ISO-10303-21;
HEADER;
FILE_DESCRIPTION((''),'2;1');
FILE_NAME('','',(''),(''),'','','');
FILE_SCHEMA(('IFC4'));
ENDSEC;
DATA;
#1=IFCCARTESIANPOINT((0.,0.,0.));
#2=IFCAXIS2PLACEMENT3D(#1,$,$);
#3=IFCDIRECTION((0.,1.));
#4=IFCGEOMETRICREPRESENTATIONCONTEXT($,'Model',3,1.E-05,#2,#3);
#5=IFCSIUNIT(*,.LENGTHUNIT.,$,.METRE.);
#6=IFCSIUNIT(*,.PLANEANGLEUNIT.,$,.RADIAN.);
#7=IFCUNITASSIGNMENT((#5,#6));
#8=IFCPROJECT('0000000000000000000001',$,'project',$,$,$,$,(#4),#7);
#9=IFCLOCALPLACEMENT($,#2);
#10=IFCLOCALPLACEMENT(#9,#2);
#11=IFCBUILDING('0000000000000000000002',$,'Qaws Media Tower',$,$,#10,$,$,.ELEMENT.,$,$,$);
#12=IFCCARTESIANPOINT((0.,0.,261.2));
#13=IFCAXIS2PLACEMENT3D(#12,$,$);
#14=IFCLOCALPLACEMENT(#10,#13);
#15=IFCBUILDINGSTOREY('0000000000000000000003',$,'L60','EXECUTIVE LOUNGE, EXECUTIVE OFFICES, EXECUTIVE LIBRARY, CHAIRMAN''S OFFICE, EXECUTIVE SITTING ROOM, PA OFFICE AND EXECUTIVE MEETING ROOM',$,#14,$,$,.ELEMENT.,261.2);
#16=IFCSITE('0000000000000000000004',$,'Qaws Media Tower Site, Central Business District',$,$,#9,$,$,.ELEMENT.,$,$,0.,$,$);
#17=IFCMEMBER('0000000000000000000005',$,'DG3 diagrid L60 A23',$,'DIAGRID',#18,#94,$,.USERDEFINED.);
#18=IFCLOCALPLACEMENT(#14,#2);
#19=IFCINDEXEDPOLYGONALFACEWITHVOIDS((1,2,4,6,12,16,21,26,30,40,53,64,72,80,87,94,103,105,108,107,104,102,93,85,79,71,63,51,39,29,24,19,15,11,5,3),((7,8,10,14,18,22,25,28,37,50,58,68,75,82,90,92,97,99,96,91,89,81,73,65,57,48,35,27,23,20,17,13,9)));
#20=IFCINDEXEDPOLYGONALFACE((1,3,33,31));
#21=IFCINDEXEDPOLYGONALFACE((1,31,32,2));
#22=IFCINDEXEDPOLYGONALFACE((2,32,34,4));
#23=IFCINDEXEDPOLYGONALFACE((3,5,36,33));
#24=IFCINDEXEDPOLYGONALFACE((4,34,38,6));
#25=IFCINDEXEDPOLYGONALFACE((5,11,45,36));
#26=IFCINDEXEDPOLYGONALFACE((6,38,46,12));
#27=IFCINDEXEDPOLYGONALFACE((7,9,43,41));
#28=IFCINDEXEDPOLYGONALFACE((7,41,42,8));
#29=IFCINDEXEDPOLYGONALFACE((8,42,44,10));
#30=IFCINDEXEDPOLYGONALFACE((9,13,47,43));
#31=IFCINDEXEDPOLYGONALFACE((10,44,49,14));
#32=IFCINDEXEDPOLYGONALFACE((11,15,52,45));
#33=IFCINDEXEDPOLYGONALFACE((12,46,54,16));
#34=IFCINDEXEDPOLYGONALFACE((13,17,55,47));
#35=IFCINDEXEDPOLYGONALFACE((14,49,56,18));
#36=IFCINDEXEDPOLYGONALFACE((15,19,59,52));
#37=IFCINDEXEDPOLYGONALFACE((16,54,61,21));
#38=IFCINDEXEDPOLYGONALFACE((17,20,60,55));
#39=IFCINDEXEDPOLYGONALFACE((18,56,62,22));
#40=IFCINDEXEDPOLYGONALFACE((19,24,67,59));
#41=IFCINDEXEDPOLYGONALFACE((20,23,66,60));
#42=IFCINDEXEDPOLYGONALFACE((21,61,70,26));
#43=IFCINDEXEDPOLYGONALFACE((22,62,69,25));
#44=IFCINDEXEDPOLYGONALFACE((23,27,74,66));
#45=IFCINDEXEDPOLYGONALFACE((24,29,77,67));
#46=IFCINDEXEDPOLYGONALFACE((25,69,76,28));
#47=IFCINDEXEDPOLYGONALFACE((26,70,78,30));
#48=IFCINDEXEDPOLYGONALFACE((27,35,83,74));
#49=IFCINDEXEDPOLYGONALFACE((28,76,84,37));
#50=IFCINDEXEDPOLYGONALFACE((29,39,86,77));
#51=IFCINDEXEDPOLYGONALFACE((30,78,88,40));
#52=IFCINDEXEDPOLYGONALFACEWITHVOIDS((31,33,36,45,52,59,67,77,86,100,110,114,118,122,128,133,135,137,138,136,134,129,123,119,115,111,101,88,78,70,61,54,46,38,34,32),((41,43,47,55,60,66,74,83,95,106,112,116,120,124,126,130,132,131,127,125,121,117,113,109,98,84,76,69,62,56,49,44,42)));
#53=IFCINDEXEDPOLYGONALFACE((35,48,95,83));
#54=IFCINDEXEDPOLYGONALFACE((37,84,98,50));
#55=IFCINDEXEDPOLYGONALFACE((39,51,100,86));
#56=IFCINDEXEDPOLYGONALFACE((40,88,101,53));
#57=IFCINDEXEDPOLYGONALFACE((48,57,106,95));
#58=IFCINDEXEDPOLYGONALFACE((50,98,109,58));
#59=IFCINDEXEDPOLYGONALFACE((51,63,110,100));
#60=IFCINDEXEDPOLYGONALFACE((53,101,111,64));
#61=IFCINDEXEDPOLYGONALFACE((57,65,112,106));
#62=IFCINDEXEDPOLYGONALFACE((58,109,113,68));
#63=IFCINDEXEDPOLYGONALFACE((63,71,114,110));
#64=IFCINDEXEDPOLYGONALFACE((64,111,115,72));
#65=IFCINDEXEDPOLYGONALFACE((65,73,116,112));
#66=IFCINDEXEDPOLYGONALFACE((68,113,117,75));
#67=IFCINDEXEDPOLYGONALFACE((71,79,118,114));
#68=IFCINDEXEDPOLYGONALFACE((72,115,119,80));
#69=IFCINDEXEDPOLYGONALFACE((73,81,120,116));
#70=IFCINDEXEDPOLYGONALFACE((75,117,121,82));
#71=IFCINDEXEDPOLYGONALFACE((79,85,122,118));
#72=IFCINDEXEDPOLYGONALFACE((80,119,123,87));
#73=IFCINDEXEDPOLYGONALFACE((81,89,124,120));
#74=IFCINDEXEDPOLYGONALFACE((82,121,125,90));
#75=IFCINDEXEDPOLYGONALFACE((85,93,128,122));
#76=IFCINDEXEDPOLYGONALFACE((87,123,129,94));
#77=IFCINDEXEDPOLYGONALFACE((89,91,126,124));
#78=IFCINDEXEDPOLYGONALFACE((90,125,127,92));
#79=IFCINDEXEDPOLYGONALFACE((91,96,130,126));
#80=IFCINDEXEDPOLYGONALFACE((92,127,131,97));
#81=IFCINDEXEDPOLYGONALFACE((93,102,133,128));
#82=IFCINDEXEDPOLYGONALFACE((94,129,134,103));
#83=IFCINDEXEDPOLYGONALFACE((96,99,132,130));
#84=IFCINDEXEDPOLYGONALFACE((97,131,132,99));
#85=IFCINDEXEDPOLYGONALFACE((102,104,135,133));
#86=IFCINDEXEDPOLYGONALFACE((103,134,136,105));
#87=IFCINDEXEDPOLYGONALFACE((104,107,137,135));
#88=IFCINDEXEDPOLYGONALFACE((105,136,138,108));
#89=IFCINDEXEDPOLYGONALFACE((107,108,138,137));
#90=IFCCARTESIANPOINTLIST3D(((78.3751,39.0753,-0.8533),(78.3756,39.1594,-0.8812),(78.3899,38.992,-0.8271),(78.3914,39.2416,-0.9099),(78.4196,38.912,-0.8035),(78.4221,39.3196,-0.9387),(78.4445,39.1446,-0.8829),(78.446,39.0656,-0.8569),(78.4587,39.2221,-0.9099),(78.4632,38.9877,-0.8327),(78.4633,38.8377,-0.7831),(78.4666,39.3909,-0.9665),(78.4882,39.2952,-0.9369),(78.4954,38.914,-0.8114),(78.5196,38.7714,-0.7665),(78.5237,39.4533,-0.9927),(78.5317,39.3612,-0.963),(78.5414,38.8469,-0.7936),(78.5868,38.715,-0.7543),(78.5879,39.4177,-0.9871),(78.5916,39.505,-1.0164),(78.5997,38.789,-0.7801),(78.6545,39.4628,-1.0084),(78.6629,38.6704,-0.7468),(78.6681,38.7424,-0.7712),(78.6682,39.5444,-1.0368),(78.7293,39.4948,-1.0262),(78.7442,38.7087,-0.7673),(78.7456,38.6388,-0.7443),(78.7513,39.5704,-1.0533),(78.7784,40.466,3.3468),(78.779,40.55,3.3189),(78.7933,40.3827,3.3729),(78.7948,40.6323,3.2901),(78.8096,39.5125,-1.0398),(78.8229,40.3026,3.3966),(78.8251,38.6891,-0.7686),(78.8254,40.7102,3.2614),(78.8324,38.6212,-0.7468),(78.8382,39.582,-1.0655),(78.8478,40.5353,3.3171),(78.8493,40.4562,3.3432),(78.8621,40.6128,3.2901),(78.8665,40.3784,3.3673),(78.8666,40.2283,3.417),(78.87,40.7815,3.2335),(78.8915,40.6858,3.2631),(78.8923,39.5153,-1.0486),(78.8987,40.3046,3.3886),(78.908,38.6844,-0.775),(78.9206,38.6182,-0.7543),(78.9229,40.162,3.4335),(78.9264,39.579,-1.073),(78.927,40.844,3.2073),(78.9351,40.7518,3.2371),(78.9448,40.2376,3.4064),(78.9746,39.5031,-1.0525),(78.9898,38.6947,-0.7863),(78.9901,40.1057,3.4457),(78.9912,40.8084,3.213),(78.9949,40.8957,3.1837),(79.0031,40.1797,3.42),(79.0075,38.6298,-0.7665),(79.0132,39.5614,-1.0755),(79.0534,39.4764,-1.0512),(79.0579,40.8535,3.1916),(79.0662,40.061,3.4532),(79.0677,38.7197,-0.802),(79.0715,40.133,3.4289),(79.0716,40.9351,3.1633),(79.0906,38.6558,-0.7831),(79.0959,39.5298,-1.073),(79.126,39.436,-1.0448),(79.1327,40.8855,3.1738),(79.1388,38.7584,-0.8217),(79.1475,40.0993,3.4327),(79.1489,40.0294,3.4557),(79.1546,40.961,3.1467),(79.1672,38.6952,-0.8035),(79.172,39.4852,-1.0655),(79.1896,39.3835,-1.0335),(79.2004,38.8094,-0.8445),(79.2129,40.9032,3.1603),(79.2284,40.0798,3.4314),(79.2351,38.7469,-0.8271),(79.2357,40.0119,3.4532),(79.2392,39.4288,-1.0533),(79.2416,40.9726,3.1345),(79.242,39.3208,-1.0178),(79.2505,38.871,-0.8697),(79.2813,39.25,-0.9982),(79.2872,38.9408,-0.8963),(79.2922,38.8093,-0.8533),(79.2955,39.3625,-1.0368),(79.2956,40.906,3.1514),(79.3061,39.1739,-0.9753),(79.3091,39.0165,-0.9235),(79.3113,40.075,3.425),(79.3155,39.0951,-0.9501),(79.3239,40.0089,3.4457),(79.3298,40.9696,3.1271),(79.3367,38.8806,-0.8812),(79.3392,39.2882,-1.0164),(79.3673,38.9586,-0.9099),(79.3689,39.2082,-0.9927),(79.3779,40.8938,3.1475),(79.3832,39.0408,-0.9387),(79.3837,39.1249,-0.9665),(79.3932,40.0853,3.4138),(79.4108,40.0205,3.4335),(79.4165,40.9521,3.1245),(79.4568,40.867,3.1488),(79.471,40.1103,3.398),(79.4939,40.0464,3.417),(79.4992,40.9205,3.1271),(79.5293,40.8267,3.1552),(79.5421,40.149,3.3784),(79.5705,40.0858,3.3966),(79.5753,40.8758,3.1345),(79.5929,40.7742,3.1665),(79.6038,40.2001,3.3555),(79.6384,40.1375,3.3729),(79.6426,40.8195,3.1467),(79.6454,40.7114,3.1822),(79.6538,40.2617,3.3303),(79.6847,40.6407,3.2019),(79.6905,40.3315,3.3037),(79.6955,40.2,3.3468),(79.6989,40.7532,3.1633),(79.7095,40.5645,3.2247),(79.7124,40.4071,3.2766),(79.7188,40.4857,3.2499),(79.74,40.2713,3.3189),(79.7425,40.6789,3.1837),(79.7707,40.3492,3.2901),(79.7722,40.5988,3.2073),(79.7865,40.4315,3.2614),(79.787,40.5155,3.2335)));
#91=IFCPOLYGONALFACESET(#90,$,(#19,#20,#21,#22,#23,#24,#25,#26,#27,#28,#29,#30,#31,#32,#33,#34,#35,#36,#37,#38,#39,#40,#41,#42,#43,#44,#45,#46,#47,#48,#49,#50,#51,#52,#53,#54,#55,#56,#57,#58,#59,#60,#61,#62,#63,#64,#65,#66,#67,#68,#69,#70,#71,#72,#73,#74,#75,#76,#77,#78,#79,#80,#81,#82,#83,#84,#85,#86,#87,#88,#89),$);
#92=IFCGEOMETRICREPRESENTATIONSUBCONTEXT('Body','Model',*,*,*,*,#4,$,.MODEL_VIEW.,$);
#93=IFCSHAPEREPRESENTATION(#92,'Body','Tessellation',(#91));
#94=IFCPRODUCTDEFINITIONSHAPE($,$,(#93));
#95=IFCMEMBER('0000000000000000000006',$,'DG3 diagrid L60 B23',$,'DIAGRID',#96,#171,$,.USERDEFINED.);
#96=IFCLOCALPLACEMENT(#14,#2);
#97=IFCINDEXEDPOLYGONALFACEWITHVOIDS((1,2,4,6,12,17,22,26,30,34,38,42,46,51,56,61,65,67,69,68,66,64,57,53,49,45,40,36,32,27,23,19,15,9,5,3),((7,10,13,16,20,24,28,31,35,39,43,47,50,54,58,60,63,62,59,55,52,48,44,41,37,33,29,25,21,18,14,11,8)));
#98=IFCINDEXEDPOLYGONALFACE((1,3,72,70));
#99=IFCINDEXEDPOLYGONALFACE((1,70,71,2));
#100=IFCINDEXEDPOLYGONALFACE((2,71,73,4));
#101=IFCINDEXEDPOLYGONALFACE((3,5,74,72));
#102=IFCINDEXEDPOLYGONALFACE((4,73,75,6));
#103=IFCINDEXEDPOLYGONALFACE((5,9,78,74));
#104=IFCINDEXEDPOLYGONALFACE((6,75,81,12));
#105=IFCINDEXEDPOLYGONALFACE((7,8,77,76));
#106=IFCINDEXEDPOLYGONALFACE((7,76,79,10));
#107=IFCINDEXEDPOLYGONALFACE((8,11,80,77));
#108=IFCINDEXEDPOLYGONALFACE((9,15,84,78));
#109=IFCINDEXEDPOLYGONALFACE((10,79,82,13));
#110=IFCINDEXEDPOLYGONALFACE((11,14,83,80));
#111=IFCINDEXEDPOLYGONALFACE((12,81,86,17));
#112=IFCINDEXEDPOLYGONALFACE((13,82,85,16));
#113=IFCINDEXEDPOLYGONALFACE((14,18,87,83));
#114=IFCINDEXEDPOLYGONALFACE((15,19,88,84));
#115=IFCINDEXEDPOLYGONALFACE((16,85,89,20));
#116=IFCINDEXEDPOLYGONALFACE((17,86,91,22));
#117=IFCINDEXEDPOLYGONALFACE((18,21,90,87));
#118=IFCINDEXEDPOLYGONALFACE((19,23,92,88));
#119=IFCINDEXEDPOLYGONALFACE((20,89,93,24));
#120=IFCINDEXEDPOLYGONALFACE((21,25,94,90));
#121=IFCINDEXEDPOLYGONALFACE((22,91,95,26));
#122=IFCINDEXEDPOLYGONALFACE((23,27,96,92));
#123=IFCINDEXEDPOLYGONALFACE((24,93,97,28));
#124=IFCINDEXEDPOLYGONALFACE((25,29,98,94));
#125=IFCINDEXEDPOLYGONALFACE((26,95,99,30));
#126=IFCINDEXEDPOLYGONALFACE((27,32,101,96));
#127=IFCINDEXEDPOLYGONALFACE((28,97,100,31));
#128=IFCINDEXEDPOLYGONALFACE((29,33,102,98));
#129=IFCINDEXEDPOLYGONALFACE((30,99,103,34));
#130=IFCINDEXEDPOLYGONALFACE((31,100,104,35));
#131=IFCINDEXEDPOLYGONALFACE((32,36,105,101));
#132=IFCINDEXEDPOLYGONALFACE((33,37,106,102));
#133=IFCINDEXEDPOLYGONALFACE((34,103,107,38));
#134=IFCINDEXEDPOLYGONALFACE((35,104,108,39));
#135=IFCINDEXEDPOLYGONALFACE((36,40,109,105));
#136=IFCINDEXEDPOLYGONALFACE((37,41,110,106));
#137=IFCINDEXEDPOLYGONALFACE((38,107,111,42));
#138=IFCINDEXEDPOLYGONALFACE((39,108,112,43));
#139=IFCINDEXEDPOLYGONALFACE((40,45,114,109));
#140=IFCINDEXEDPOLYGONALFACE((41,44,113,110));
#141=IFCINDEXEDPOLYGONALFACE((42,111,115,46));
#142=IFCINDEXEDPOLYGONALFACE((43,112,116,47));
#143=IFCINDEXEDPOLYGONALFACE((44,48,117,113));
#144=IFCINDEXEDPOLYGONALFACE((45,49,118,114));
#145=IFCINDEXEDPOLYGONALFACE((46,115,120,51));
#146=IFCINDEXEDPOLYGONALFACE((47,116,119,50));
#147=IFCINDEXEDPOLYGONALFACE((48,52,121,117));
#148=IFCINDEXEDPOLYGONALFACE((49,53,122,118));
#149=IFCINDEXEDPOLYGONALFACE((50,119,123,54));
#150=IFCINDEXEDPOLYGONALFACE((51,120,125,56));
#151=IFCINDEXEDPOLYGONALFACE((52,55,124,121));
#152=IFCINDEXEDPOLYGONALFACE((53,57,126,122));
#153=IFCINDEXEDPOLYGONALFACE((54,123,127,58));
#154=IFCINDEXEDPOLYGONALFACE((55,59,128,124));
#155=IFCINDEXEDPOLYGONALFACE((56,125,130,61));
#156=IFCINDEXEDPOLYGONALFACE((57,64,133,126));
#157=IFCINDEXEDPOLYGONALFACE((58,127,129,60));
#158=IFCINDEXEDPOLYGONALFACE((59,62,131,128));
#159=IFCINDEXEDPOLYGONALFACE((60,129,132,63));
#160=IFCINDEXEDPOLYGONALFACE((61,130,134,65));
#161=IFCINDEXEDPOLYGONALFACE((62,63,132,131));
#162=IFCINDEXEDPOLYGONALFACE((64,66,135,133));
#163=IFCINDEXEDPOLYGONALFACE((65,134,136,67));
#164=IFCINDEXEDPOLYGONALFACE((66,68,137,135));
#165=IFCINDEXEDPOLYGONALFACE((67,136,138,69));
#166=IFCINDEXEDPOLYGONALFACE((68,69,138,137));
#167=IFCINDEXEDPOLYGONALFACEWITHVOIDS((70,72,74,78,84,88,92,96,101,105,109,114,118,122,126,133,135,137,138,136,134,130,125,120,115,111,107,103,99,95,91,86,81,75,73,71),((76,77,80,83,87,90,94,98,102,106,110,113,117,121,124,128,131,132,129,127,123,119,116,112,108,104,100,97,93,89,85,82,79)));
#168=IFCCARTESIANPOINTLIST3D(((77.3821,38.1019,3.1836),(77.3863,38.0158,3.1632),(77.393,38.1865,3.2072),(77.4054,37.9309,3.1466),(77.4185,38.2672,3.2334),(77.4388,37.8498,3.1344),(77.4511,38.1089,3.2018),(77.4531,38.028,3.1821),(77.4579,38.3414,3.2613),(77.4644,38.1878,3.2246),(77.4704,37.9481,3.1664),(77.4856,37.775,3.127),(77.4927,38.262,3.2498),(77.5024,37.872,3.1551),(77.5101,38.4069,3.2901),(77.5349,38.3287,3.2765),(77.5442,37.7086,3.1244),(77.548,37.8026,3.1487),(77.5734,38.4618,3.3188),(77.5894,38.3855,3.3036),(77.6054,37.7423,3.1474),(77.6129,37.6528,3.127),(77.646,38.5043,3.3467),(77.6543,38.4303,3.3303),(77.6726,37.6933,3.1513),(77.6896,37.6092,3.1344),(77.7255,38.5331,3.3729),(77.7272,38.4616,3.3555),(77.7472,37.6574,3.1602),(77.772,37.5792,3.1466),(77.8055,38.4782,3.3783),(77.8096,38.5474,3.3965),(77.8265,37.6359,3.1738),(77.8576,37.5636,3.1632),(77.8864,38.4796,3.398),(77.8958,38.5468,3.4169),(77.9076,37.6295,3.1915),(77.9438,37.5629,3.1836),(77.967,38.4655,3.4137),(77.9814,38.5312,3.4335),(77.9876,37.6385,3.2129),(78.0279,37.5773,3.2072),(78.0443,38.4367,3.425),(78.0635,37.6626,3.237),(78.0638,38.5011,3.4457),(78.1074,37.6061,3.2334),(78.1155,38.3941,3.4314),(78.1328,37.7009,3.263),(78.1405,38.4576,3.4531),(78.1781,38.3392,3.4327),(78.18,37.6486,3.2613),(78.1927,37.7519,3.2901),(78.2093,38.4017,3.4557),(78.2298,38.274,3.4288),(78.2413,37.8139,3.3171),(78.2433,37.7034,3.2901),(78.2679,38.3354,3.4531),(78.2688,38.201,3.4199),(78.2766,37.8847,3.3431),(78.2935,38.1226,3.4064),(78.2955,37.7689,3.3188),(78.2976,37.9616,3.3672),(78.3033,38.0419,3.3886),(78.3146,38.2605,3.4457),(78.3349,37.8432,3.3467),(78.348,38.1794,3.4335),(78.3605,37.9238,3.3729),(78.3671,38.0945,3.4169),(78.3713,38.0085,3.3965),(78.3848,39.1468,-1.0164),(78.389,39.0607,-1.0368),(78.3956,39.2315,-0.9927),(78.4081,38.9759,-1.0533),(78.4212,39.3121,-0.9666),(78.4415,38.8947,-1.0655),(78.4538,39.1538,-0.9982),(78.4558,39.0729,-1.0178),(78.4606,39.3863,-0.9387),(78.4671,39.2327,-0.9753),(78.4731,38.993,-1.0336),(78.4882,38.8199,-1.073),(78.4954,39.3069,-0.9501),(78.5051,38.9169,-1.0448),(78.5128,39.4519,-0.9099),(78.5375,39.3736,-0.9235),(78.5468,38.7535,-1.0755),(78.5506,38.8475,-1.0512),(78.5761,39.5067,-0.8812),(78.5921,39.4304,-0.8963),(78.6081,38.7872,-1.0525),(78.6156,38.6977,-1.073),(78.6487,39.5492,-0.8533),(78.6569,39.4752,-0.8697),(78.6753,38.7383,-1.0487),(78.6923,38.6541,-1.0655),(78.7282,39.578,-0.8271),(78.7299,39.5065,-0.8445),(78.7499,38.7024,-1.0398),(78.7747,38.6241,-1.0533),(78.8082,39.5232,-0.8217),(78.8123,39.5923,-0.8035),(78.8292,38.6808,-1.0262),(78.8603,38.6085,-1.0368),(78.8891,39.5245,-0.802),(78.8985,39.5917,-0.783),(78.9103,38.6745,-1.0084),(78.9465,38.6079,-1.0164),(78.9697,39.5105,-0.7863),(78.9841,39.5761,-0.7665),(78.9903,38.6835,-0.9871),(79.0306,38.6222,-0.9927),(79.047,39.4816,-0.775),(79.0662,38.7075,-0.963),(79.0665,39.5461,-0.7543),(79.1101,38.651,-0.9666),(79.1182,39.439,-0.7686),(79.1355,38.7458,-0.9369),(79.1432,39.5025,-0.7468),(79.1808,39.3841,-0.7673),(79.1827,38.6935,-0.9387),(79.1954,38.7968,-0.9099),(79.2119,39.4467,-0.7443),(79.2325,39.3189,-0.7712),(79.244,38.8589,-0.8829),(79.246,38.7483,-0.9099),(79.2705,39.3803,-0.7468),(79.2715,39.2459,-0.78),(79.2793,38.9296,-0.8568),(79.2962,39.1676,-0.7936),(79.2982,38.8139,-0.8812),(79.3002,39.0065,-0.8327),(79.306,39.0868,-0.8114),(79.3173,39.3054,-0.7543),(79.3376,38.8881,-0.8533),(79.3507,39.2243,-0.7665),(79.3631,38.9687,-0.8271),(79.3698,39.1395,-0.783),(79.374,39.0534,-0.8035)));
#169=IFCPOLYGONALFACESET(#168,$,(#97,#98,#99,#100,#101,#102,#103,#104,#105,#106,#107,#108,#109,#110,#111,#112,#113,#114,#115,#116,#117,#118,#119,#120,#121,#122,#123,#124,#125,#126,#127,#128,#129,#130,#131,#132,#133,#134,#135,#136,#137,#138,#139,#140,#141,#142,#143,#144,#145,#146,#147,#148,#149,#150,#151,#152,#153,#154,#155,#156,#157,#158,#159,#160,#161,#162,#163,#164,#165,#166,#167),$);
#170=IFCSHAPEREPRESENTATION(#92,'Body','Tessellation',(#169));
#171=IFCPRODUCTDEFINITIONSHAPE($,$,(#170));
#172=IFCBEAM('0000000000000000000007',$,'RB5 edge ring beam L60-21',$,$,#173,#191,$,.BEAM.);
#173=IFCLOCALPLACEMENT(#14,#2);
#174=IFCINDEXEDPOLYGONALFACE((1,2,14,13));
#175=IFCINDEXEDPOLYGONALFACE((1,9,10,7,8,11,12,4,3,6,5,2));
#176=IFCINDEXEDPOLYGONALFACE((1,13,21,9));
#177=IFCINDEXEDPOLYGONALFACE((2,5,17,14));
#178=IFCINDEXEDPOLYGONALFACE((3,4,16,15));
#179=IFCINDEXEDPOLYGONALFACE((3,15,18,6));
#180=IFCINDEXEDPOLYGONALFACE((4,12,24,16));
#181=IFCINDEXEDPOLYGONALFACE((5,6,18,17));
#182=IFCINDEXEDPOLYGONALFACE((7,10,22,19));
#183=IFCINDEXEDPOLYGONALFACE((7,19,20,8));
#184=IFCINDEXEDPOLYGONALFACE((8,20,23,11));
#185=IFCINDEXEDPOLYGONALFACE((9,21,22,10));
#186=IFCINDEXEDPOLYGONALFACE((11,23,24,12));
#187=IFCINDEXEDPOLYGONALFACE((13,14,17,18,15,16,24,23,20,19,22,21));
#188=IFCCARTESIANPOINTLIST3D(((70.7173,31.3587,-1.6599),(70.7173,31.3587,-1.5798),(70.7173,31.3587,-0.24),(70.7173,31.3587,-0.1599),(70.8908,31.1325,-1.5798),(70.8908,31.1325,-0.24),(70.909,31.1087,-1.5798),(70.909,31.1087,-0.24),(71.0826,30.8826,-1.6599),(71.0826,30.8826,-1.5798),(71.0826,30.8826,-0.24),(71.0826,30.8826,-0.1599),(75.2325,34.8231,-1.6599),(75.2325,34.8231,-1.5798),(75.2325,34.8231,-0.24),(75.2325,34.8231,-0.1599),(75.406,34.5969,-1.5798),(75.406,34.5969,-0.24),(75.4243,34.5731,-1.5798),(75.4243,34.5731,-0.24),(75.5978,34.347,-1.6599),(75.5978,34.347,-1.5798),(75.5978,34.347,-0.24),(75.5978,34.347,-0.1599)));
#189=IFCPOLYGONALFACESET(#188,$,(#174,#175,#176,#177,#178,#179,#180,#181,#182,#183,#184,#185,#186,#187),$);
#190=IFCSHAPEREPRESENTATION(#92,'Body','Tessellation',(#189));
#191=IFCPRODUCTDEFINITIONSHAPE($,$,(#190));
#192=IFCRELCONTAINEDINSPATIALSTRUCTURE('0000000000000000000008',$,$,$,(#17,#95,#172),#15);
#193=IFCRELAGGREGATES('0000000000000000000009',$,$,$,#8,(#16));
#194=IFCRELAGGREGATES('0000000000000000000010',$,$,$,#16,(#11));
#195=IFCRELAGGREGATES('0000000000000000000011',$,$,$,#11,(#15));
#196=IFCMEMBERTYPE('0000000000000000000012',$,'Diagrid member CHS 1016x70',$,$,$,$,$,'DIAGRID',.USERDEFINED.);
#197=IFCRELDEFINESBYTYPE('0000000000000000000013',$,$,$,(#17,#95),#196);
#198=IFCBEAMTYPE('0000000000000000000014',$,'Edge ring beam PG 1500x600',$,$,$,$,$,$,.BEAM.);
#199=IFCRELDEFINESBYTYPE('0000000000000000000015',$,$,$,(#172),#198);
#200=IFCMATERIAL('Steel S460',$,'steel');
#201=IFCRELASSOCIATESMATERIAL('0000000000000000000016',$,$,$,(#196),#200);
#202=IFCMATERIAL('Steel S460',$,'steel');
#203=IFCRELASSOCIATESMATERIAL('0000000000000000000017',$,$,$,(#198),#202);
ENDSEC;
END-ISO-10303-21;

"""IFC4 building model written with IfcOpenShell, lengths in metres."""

from ifc_helpers import new_model, si_unit, direction, frame, origin, origin_2d, place, context, subcontext, project, spatial, hollow_circle, i_section, extrude, material, material_profile, profile_set, type_object, element, save


model = new_model("IFC4")

# Units and contexts
model_context = context("Model", 3, precision=1e-05, world=origin(), true_north=direction((0.0, 1.0)))
body_context = subcontext(model_context, "Body", "Model", "MODEL_VIEW")
ifc_project = project(units=[si_unit("LENGTHUNIT", "METRE"), si_unit("PLANEANGLEUNIT", "RADIAN")], contexts=[model_context])

# Site, building, storey
site_placement = place(None, origin())
site = spatial("IfcSite", under=ifc_project, at=site_placement, Name="Qaws Media Tower Site, Central Business District", CompositionType="ELEMENT", RefElevation=0.0)
building_placement = place(site_placement, origin())
building = spatial("IfcBuilding", under=site, at=building_placement, Name="Qaws Media Tower", CompositionType="ELEMENT")
storey_placement = place(building_placement, frame((0.0, 0.0, 261.2)))
storey = spatial("IfcBuildingStorey", under=building, at=storey_placement, Name="L60", Description="EXECUTIVE LOUNGE, EXECUTIVE OFFICES, EXECUTIVE LIBRARY, CHAIRMAN'S OFFICE, EXECUTIVE SITTING ROOM, PA OFFICE AND EXECUTIVE MEETING ROOM", CompositionType="ELEMENT", Elevation=261.2)

# Members
ifc_material_1 = material(Name="Steel S460", Category="steel")
ifc_material_profile_1 = material_profile(ifc_material_1, hollow_circle(Radius=0.5081, WallThickness=0.0701, at=origin_2d()), Name="CHS 1016x70")
ifc_profile_set_1 = profile_set([ifc_material_profile_1], Name="Steel S460")
member_type_1 = type_object("IfcMemberType", Name="Diagrid member CHS 1016x70", ElementType="DIAGRID", PredefinedType="USERDEFINED", material=ifc_profile_set_1)
for number, where, z_axis, x_axis, name in (
    (1, (78.8794, 39.1001, -0.9099), (0.090786, 0.313025, 0.945396), (-0.960422, 0.278549, 0.0), "DG3 diagrid L60 A23"),
    (2, (78.8794, 39.1001, -0.9099), (-0.225697, -0.235204, 0.945378), (0.721539, -0.692374, 0.0), "DG3 diagrid L60 B23"),
):
    element("IfcMember", number, at=place(storey_placement, frame(where, z_axis=z_axis, x_axis=x_axis)), inside=storey, type_object=member_type_1, Name=name, ObjectType="DIAGRID", PredefinedType="USERDEFINED", context=body_context, shape_type="SweptSolid", body=[
        extrude(hollow_circle(Radius=0.5081, WallThickness=0.0701, at=origin_2d()), origin(), (0.0, 0.0, 1.0), 4.4426),
    ])

# Beam
ifc_material_2 = material(Name="Steel S460", Category="steel")
ifc_material_profile_2 = material_profile(ifc_material_2, i_section(OverallWidth=0.6001, OverallDepth=1.5, WebThickness=0.03, FlangeThickness=0.0801, at=origin_2d()), Name="PG 1500x600")
ifc_profile_set_2 = profile_set([ifc_material_profile_2], Name="Steel S460")
beam_type = type_object("IfcBeamType", Name="Edge ring beam PG 1500x600", PredefinedType="BEAM", material=ifc_profile_set_2)
for number, where, z_axis, x_axis, name in (
    (3, (70.8999, 31.1206, -0.9099), (0.793373, 0.608736, 0.0), (-0.608736, 0.793373, 0.0), "RB5 edge ring beam L60-21"),
):
    element("IfcBeam", number, at=place(storey_placement, frame(where, z_axis=z_axis, x_axis=x_axis)), inside=storey, type_object=beam_type, Name=name, PredefinedType="BEAM", context=body_context, shape_type="SweptSolid", body=[
        extrude(i_section(OverallWidth=0.6001, OverallDepth=1.5, WebThickness=0.03, FlangeThickness=0.0801, at=origin_2d()), origin(), (0.0, 0.0, 1.0), 5.6912),
    ])

save(model, "model.ifc")
